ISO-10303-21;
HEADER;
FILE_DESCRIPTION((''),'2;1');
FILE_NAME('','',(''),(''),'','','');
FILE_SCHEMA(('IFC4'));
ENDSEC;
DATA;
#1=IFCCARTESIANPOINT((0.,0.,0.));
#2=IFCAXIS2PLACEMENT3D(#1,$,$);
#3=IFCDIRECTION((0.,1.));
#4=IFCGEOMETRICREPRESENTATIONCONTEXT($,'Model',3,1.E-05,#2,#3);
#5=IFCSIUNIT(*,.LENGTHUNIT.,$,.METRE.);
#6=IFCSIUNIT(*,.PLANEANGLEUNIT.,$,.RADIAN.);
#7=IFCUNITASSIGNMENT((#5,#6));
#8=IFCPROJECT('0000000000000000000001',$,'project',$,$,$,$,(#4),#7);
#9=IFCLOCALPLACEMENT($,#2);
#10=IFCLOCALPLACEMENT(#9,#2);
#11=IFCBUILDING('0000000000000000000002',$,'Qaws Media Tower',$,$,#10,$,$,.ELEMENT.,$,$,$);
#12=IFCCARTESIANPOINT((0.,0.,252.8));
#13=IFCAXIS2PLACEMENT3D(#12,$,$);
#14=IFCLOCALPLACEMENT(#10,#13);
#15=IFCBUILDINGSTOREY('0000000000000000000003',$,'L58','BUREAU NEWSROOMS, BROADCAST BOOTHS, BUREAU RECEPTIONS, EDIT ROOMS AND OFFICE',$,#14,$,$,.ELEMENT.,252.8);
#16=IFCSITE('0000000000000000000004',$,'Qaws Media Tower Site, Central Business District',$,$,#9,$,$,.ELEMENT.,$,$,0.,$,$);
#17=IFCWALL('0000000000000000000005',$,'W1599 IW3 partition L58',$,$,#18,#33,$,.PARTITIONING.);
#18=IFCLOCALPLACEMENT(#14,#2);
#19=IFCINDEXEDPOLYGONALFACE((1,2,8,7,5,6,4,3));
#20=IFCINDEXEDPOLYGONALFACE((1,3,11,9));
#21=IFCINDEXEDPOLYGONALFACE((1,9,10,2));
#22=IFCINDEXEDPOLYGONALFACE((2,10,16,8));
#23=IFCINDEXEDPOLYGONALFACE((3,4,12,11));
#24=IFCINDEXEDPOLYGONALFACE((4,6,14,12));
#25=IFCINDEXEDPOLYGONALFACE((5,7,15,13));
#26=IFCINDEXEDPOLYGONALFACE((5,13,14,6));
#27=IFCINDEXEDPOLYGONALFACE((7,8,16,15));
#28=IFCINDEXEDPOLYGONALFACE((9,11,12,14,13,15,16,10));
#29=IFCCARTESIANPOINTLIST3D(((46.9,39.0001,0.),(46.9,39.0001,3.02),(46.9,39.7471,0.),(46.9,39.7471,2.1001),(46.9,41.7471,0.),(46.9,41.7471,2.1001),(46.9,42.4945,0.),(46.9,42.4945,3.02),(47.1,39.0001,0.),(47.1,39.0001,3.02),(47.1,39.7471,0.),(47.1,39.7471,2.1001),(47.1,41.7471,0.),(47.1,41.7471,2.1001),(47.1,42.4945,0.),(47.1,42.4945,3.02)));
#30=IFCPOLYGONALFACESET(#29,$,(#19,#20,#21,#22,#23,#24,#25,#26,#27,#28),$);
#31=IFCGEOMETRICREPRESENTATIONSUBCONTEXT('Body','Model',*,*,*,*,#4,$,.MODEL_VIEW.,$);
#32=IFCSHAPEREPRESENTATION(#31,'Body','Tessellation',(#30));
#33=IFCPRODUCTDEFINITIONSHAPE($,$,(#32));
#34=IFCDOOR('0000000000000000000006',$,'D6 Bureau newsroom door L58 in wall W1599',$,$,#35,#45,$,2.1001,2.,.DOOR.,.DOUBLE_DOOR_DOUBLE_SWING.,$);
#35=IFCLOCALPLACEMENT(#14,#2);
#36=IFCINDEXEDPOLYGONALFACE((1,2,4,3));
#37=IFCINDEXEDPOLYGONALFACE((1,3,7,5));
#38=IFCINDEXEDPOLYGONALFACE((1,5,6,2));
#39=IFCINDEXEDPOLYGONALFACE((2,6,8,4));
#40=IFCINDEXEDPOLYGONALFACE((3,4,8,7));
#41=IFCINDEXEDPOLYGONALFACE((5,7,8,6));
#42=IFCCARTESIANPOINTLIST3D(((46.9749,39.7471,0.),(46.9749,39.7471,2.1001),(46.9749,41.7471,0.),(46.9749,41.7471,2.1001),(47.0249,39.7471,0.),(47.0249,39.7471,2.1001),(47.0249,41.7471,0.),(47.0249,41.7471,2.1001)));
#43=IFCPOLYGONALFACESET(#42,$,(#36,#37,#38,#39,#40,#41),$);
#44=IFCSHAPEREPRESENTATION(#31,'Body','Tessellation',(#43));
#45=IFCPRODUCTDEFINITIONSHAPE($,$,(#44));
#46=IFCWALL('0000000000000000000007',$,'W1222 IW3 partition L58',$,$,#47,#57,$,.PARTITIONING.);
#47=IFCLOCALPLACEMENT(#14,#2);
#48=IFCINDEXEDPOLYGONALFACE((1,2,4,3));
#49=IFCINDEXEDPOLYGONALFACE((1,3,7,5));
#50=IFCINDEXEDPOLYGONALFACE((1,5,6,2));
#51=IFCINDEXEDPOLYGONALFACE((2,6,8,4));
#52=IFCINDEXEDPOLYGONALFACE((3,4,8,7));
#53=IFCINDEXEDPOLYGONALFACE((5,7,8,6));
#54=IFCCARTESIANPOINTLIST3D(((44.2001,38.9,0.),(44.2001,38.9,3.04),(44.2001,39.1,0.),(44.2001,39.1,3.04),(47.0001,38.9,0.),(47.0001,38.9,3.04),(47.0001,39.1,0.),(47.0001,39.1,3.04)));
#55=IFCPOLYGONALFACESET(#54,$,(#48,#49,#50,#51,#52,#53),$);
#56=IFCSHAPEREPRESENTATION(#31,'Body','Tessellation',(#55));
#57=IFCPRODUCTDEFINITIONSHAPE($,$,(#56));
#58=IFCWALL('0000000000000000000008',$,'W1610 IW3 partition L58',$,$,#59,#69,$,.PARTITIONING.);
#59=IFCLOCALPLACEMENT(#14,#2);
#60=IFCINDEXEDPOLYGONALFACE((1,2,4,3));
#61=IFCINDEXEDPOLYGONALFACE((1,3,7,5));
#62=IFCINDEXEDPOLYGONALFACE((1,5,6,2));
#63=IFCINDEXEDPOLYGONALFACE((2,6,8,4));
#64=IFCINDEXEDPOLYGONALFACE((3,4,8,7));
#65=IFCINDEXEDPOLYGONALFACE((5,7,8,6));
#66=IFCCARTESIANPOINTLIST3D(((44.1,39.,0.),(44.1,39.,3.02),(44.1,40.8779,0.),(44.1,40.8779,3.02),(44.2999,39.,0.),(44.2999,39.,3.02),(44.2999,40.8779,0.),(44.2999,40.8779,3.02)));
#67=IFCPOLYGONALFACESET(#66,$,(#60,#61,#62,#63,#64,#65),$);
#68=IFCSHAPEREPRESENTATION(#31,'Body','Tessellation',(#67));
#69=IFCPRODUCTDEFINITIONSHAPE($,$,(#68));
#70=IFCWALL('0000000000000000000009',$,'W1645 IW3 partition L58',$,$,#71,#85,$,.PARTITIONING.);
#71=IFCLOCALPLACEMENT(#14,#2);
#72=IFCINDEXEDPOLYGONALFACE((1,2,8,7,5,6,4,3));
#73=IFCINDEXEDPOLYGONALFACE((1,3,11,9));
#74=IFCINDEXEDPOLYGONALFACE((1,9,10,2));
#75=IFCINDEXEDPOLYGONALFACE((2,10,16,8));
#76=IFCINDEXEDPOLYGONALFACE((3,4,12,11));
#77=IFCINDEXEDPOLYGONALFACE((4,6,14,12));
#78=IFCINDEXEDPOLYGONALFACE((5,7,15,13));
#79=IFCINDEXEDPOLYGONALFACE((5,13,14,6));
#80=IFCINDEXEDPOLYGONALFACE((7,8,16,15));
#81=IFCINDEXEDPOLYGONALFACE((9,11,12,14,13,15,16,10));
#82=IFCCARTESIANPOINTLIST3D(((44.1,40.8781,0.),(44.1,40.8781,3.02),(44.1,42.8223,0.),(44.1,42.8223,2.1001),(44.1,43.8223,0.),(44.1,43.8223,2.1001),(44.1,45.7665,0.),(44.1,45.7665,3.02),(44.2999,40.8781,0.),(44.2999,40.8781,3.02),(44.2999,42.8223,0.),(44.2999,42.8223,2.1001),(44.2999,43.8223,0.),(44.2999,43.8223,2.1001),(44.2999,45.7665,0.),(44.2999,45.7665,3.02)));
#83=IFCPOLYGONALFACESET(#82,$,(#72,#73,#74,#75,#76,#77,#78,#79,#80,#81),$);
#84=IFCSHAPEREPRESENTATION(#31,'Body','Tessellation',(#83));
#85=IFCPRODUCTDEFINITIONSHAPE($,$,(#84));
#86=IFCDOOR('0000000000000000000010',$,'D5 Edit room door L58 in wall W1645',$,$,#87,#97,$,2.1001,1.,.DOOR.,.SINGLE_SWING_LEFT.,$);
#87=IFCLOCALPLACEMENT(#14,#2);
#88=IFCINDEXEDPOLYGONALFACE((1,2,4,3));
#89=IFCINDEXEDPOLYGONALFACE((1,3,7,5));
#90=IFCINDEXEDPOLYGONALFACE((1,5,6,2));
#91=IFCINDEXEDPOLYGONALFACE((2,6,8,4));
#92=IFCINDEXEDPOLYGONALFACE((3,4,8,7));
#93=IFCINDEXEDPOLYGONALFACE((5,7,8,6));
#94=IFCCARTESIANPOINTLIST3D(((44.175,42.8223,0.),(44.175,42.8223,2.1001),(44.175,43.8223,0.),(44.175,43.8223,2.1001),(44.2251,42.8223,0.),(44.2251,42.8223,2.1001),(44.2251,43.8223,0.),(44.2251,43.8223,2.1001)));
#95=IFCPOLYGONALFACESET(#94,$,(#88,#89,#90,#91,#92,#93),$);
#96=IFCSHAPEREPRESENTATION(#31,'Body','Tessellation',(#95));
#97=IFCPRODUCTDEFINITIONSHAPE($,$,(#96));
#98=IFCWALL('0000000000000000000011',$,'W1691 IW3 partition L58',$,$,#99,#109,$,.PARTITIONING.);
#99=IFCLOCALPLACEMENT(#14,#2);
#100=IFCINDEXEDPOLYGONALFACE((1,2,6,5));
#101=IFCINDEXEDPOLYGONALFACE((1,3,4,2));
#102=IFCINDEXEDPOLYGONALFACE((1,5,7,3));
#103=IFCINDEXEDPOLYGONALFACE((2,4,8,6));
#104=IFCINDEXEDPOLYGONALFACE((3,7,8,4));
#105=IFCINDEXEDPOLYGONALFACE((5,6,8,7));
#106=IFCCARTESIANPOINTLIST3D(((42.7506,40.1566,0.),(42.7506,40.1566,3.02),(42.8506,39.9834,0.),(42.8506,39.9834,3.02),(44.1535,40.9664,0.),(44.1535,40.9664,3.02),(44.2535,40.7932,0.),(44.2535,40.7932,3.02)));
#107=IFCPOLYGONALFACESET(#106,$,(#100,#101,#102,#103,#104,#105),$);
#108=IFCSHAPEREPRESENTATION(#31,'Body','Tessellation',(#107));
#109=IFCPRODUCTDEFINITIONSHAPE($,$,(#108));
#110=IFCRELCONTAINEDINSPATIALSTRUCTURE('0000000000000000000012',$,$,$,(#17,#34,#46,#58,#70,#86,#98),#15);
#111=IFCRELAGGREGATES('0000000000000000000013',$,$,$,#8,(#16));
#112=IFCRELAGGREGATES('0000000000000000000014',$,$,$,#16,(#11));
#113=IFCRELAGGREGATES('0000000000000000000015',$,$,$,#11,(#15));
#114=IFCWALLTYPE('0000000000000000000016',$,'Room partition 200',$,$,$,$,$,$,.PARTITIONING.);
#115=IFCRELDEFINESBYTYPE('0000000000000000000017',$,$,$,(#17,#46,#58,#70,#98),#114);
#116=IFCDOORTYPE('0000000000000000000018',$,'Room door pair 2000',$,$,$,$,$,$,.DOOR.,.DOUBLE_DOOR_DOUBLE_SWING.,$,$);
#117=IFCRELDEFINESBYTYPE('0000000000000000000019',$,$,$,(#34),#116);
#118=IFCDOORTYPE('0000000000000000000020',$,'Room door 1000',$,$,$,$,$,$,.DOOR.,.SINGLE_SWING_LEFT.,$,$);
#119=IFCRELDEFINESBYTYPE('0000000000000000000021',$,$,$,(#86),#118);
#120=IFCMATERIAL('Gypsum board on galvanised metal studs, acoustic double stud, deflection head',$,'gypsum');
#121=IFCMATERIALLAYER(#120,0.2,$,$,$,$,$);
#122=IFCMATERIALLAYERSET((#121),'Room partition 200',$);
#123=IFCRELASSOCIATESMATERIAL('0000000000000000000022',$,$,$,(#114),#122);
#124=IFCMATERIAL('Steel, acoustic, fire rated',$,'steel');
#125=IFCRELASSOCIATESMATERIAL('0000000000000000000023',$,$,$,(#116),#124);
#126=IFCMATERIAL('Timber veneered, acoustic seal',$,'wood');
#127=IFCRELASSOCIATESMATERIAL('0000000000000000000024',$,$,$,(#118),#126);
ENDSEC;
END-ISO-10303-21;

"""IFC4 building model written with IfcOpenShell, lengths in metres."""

from ifc_helpers import new_model, si_unit, direction, frame, frame_2d, origin, place, context, subcontext, project, spatial, rectangle, extrude, material, layer, layer_set, type_object, element, fill, save


model = new_model("IFC4")

# Units and contexts
model_context = context("Model", 3, precision=1e-05, world=origin(), true_north=direction((0.0, 1.0)))
body_context = subcontext(model_context, "Body", "Model", "MODEL_VIEW")
ifc_project = project(units=[si_unit("LENGTHUNIT", "METRE"), si_unit("PLANEANGLEUNIT", "RADIAN")], contexts=[model_context])

# Site, building, storey
site_placement = place(None, origin())
site = spatial("IfcSite", under=ifc_project, at=site_placement, Name="Qaws Media Tower Site, Central Business District", CompositionType="ELEMENT", RefElevation=0.0)
building_placement = place(site_placement, origin())
building = spatial("IfcBuilding", under=site, at=building_placement, Name="Qaws Media Tower", CompositionType="ELEMENT")
storey_placement = place(building_placement, frame((0.0, 0.0, 252.8)))
storey = spatial("IfcBuildingStorey", under=building, at=storey_placement, Name="L58", Description="BUREAU NEWSROOMS, BROADCAST BOOTHS, BUREAU RECEPTIONS, EDIT ROOMS AND OFFICE", CompositionType="ELEMENT", Elevation=252.8)

# Shared definitions
ifc_material_1 = material(Name="Gypsum board on galvanised metal studs, acoustic double stud, deflection head", Category="gypsum")
ifc_layer_1 = layer(ifc_material_1, 0.2)
ifc_layer_set_1 = layer_set([ifc_layer_1], Name="Room partition 200")
wall_type = type_object("IfcWallType", Name="Room partition 200", PredefinedType="PARTITIONING", material=ifc_layer_set_1)

# Wall, opening, door
wall_1_placement = place(storey_placement, frame((47.0, 42.4944, 0.0), z_axis=(0.0, 0.0, 1.0), x_axis=(0.0, -1.0, 0.0)))
wall_1 = element("IfcWall", 1, at=wall_1_placement, inside=storey, type_object=wall_type, Name="W1599 IW3 partition L58", PredefinedType="PARTITIONING", context=body_context, shape_type="SweptSolid", body=[
    extrude(rectangle(XDim=3.4944, YDim=0.2, at=frame_2d((1.7471, 0.0))), origin(), (0.0, 0.0, 1.0), 3.02),
])
opening_1_placement = place(wall_1_placement, frame((0.7473, 0.0, 0.0)))
opening_1 = element("IfcOpeningElement", 2, at=opening_1_placement, cuts=wall_1, PredefinedType="OPENING", context=body_context, shape_type="SweptSolid", body=[
    extrude(rectangle(XDim=2.0, YDim=2.1001, at=frame_2d((1.0, 1.05))), frame((0.0, 0.1099, 0.0), z_axis=(0.0, -1.0, 0.0), x_axis=(1.0, 0.0, 0.0)), (0.0, 0.0, 1.0), 0.22),
])
ifc_material_2 = material(Name="Steel, acoustic, fire rated", Category="steel")
door_type_1 = type_object("IfcDoorType", Name="Room door pair 2000", OperationType="DOUBLE_DOOR_DOUBLE_SWING", PredefinedType="DOOR", material=ifc_material_2)
door_1_placement = place(opening_1_placement, origin())
door_1 = element("IfcDoor", 3, at=door_1_placement, inside=storey, type_object=door_type_1, Name="D6 Bureau newsroom door L58 in wall W1599", OperationType="DOUBLE_DOOR_DOUBLE_SWING", OverallHeight=2.1001, OverallWidth=2.0, PredefinedType="DOOR", context=body_context, shape_type="SweptSolid", body=[
    extrude(rectangle(XDim=2.0, YDim=2.1001, at=frame_2d((1.0, 1.05))), frame((0.0, 0.0249, 0.0), z_axis=(0.0, -1.0, 0.0), x_axis=(1.0, 0.0, 0.0)), (0.0, 0.0, 1.0), 0.05),
])
fill(opening_1, door_1)

# Walls
wall_2_placement = place(storey_placement, frame((47.0, 39.0, 0.0), z_axis=(0.0, 0.0, 1.0), x_axis=(-1.0, 0.0, 0.0)))
element("IfcWall", 4, at=wall_2_placement, inside=storey, type_object=wall_type, Name="W1222 IW3 partition L58", PredefinedType="PARTITIONING", context=body_context, shape_type="SweptSolid", body=[
    extrude(rectangle(XDim=2.8, YDim=0.2, at=frame_2d((1.3999, 0.0))), origin(), (0.0, 0.0, 1.0), 3.04),
])
wall_3_placement = place(storey_placement, frame((44.2, 39.0, 0.0), z_axis=(0.0, 0.0, 1.0), x_axis=(0.0, 1.0, 0.0)))
element("IfcWall", 5, at=wall_3_placement, inside=storey, type_object=wall_type, Name="W1610 IW3 partition L58", PredefinedType="PARTITIONING", context=body_context, shape_type="SweptSolid", body=[
    extrude(rectangle(XDim=1.8779, YDim=0.2, at=frame_2d((0.939, 0.0))), origin(), (0.0, 0.0, 1.0), 3.02),
])

# Wall, opening, door
wall_4_placement = place(storey_placement, frame((44.2, 40.8779, 0.0), z_axis=(0.0, 0.0, 1.0), x_axis=(0.0, 1.0, 0.0)))
wall_4 = element("IfcWall", 6, at=wall_4_placement, inside=storey, type_object=wall_type, Name="W1645 IW3 partition L58", PredefinedType="PARTITIONING", context=body_context, shape_type="SweptSolid", body=[
    extrude(rectangle(XDim=4.8884, YDim=0.2, at=frame_2d((2.4443, 0.0))), origin(), (0.0, 0.0, 1.0), 3.02),
])
opening_2_placement = place(wall_4_placement, frame((1.9443, 0.0, 0.0)))
opening_2 = element("IfcOpeningElement", 7, at=opening_2_placement, cuts=wall_4, PredefinedType="OPENING", context=body_context, shape_type="SweptSolid", body=[
    extrude(rectangle(XDim=1.0, YDim=2.1001, at=frame_2d((0.5, 1.05))), frame((0.0, 0.1099, 0.0), z_axis=(0.0, -1.0, 0.0), x_axis=(1.0, 0.0, 0.0)), (0.0, 0.0, 1.0), 0.22),
])
ifc_material_3 = material(Name="Timber veneered, acoustic seal", Category="wood")
door_type_2 = type_object("IfcDoorType", Name="Room door 1000", OperationType="SINGLE_SWING_LEFT", PredefinedType="DOOR", material=ifc_material_3)
door_2_placement = place(opening_2_placement, origin())
door_2 = element("IfcDoor", 8, at=door_2_placement, inside=storey, type_object=door_type_2, Name="D5 Edit room door L58 in wall W1645", OperationType="SINGLE_SWING_LEFT", OverallHeight=2.1001, OverallWidth=1.0, PredefinedType="DOOR", context=body_context, shape_type="SweptSolid", body=[
    extrude(rectangle(XDim=1.0, YDim=2.1001, at=frame_2d((0.5, 1.05))), frame((0.0, 0.0249, 0.0), z_axis=(0.0, -1.0, 0.0), x_axis=(1.0, 0.0, 0.0)), (0.0, 0.0, 1.0), 0.05),
])
fill(opening_2, door_2)

# Wall
wall_5_placement = place(storey_placement, frame((44.2036, 40.8799, 0.0), z_axis=(0.0, 0.0, 1.0), x_axis=(-0.866055, -0.499949, 0.0)))
element("IfcWall", 9, at=wall_5_placement, inside=storey, type_object=wall_type, Name="W1691 IW3 partition L58", PredefinedType="PARTITIONING", context=body_context, shape_type="SweptSolid", body=[
    extrude(rectangle(XDim=1.6199, YDim=0.2, at=frame_2d((0.8101, 0.0))), origin(), (0.0, 0.0, 1.0), 3.02),
])

save(model, "model.ifc")
